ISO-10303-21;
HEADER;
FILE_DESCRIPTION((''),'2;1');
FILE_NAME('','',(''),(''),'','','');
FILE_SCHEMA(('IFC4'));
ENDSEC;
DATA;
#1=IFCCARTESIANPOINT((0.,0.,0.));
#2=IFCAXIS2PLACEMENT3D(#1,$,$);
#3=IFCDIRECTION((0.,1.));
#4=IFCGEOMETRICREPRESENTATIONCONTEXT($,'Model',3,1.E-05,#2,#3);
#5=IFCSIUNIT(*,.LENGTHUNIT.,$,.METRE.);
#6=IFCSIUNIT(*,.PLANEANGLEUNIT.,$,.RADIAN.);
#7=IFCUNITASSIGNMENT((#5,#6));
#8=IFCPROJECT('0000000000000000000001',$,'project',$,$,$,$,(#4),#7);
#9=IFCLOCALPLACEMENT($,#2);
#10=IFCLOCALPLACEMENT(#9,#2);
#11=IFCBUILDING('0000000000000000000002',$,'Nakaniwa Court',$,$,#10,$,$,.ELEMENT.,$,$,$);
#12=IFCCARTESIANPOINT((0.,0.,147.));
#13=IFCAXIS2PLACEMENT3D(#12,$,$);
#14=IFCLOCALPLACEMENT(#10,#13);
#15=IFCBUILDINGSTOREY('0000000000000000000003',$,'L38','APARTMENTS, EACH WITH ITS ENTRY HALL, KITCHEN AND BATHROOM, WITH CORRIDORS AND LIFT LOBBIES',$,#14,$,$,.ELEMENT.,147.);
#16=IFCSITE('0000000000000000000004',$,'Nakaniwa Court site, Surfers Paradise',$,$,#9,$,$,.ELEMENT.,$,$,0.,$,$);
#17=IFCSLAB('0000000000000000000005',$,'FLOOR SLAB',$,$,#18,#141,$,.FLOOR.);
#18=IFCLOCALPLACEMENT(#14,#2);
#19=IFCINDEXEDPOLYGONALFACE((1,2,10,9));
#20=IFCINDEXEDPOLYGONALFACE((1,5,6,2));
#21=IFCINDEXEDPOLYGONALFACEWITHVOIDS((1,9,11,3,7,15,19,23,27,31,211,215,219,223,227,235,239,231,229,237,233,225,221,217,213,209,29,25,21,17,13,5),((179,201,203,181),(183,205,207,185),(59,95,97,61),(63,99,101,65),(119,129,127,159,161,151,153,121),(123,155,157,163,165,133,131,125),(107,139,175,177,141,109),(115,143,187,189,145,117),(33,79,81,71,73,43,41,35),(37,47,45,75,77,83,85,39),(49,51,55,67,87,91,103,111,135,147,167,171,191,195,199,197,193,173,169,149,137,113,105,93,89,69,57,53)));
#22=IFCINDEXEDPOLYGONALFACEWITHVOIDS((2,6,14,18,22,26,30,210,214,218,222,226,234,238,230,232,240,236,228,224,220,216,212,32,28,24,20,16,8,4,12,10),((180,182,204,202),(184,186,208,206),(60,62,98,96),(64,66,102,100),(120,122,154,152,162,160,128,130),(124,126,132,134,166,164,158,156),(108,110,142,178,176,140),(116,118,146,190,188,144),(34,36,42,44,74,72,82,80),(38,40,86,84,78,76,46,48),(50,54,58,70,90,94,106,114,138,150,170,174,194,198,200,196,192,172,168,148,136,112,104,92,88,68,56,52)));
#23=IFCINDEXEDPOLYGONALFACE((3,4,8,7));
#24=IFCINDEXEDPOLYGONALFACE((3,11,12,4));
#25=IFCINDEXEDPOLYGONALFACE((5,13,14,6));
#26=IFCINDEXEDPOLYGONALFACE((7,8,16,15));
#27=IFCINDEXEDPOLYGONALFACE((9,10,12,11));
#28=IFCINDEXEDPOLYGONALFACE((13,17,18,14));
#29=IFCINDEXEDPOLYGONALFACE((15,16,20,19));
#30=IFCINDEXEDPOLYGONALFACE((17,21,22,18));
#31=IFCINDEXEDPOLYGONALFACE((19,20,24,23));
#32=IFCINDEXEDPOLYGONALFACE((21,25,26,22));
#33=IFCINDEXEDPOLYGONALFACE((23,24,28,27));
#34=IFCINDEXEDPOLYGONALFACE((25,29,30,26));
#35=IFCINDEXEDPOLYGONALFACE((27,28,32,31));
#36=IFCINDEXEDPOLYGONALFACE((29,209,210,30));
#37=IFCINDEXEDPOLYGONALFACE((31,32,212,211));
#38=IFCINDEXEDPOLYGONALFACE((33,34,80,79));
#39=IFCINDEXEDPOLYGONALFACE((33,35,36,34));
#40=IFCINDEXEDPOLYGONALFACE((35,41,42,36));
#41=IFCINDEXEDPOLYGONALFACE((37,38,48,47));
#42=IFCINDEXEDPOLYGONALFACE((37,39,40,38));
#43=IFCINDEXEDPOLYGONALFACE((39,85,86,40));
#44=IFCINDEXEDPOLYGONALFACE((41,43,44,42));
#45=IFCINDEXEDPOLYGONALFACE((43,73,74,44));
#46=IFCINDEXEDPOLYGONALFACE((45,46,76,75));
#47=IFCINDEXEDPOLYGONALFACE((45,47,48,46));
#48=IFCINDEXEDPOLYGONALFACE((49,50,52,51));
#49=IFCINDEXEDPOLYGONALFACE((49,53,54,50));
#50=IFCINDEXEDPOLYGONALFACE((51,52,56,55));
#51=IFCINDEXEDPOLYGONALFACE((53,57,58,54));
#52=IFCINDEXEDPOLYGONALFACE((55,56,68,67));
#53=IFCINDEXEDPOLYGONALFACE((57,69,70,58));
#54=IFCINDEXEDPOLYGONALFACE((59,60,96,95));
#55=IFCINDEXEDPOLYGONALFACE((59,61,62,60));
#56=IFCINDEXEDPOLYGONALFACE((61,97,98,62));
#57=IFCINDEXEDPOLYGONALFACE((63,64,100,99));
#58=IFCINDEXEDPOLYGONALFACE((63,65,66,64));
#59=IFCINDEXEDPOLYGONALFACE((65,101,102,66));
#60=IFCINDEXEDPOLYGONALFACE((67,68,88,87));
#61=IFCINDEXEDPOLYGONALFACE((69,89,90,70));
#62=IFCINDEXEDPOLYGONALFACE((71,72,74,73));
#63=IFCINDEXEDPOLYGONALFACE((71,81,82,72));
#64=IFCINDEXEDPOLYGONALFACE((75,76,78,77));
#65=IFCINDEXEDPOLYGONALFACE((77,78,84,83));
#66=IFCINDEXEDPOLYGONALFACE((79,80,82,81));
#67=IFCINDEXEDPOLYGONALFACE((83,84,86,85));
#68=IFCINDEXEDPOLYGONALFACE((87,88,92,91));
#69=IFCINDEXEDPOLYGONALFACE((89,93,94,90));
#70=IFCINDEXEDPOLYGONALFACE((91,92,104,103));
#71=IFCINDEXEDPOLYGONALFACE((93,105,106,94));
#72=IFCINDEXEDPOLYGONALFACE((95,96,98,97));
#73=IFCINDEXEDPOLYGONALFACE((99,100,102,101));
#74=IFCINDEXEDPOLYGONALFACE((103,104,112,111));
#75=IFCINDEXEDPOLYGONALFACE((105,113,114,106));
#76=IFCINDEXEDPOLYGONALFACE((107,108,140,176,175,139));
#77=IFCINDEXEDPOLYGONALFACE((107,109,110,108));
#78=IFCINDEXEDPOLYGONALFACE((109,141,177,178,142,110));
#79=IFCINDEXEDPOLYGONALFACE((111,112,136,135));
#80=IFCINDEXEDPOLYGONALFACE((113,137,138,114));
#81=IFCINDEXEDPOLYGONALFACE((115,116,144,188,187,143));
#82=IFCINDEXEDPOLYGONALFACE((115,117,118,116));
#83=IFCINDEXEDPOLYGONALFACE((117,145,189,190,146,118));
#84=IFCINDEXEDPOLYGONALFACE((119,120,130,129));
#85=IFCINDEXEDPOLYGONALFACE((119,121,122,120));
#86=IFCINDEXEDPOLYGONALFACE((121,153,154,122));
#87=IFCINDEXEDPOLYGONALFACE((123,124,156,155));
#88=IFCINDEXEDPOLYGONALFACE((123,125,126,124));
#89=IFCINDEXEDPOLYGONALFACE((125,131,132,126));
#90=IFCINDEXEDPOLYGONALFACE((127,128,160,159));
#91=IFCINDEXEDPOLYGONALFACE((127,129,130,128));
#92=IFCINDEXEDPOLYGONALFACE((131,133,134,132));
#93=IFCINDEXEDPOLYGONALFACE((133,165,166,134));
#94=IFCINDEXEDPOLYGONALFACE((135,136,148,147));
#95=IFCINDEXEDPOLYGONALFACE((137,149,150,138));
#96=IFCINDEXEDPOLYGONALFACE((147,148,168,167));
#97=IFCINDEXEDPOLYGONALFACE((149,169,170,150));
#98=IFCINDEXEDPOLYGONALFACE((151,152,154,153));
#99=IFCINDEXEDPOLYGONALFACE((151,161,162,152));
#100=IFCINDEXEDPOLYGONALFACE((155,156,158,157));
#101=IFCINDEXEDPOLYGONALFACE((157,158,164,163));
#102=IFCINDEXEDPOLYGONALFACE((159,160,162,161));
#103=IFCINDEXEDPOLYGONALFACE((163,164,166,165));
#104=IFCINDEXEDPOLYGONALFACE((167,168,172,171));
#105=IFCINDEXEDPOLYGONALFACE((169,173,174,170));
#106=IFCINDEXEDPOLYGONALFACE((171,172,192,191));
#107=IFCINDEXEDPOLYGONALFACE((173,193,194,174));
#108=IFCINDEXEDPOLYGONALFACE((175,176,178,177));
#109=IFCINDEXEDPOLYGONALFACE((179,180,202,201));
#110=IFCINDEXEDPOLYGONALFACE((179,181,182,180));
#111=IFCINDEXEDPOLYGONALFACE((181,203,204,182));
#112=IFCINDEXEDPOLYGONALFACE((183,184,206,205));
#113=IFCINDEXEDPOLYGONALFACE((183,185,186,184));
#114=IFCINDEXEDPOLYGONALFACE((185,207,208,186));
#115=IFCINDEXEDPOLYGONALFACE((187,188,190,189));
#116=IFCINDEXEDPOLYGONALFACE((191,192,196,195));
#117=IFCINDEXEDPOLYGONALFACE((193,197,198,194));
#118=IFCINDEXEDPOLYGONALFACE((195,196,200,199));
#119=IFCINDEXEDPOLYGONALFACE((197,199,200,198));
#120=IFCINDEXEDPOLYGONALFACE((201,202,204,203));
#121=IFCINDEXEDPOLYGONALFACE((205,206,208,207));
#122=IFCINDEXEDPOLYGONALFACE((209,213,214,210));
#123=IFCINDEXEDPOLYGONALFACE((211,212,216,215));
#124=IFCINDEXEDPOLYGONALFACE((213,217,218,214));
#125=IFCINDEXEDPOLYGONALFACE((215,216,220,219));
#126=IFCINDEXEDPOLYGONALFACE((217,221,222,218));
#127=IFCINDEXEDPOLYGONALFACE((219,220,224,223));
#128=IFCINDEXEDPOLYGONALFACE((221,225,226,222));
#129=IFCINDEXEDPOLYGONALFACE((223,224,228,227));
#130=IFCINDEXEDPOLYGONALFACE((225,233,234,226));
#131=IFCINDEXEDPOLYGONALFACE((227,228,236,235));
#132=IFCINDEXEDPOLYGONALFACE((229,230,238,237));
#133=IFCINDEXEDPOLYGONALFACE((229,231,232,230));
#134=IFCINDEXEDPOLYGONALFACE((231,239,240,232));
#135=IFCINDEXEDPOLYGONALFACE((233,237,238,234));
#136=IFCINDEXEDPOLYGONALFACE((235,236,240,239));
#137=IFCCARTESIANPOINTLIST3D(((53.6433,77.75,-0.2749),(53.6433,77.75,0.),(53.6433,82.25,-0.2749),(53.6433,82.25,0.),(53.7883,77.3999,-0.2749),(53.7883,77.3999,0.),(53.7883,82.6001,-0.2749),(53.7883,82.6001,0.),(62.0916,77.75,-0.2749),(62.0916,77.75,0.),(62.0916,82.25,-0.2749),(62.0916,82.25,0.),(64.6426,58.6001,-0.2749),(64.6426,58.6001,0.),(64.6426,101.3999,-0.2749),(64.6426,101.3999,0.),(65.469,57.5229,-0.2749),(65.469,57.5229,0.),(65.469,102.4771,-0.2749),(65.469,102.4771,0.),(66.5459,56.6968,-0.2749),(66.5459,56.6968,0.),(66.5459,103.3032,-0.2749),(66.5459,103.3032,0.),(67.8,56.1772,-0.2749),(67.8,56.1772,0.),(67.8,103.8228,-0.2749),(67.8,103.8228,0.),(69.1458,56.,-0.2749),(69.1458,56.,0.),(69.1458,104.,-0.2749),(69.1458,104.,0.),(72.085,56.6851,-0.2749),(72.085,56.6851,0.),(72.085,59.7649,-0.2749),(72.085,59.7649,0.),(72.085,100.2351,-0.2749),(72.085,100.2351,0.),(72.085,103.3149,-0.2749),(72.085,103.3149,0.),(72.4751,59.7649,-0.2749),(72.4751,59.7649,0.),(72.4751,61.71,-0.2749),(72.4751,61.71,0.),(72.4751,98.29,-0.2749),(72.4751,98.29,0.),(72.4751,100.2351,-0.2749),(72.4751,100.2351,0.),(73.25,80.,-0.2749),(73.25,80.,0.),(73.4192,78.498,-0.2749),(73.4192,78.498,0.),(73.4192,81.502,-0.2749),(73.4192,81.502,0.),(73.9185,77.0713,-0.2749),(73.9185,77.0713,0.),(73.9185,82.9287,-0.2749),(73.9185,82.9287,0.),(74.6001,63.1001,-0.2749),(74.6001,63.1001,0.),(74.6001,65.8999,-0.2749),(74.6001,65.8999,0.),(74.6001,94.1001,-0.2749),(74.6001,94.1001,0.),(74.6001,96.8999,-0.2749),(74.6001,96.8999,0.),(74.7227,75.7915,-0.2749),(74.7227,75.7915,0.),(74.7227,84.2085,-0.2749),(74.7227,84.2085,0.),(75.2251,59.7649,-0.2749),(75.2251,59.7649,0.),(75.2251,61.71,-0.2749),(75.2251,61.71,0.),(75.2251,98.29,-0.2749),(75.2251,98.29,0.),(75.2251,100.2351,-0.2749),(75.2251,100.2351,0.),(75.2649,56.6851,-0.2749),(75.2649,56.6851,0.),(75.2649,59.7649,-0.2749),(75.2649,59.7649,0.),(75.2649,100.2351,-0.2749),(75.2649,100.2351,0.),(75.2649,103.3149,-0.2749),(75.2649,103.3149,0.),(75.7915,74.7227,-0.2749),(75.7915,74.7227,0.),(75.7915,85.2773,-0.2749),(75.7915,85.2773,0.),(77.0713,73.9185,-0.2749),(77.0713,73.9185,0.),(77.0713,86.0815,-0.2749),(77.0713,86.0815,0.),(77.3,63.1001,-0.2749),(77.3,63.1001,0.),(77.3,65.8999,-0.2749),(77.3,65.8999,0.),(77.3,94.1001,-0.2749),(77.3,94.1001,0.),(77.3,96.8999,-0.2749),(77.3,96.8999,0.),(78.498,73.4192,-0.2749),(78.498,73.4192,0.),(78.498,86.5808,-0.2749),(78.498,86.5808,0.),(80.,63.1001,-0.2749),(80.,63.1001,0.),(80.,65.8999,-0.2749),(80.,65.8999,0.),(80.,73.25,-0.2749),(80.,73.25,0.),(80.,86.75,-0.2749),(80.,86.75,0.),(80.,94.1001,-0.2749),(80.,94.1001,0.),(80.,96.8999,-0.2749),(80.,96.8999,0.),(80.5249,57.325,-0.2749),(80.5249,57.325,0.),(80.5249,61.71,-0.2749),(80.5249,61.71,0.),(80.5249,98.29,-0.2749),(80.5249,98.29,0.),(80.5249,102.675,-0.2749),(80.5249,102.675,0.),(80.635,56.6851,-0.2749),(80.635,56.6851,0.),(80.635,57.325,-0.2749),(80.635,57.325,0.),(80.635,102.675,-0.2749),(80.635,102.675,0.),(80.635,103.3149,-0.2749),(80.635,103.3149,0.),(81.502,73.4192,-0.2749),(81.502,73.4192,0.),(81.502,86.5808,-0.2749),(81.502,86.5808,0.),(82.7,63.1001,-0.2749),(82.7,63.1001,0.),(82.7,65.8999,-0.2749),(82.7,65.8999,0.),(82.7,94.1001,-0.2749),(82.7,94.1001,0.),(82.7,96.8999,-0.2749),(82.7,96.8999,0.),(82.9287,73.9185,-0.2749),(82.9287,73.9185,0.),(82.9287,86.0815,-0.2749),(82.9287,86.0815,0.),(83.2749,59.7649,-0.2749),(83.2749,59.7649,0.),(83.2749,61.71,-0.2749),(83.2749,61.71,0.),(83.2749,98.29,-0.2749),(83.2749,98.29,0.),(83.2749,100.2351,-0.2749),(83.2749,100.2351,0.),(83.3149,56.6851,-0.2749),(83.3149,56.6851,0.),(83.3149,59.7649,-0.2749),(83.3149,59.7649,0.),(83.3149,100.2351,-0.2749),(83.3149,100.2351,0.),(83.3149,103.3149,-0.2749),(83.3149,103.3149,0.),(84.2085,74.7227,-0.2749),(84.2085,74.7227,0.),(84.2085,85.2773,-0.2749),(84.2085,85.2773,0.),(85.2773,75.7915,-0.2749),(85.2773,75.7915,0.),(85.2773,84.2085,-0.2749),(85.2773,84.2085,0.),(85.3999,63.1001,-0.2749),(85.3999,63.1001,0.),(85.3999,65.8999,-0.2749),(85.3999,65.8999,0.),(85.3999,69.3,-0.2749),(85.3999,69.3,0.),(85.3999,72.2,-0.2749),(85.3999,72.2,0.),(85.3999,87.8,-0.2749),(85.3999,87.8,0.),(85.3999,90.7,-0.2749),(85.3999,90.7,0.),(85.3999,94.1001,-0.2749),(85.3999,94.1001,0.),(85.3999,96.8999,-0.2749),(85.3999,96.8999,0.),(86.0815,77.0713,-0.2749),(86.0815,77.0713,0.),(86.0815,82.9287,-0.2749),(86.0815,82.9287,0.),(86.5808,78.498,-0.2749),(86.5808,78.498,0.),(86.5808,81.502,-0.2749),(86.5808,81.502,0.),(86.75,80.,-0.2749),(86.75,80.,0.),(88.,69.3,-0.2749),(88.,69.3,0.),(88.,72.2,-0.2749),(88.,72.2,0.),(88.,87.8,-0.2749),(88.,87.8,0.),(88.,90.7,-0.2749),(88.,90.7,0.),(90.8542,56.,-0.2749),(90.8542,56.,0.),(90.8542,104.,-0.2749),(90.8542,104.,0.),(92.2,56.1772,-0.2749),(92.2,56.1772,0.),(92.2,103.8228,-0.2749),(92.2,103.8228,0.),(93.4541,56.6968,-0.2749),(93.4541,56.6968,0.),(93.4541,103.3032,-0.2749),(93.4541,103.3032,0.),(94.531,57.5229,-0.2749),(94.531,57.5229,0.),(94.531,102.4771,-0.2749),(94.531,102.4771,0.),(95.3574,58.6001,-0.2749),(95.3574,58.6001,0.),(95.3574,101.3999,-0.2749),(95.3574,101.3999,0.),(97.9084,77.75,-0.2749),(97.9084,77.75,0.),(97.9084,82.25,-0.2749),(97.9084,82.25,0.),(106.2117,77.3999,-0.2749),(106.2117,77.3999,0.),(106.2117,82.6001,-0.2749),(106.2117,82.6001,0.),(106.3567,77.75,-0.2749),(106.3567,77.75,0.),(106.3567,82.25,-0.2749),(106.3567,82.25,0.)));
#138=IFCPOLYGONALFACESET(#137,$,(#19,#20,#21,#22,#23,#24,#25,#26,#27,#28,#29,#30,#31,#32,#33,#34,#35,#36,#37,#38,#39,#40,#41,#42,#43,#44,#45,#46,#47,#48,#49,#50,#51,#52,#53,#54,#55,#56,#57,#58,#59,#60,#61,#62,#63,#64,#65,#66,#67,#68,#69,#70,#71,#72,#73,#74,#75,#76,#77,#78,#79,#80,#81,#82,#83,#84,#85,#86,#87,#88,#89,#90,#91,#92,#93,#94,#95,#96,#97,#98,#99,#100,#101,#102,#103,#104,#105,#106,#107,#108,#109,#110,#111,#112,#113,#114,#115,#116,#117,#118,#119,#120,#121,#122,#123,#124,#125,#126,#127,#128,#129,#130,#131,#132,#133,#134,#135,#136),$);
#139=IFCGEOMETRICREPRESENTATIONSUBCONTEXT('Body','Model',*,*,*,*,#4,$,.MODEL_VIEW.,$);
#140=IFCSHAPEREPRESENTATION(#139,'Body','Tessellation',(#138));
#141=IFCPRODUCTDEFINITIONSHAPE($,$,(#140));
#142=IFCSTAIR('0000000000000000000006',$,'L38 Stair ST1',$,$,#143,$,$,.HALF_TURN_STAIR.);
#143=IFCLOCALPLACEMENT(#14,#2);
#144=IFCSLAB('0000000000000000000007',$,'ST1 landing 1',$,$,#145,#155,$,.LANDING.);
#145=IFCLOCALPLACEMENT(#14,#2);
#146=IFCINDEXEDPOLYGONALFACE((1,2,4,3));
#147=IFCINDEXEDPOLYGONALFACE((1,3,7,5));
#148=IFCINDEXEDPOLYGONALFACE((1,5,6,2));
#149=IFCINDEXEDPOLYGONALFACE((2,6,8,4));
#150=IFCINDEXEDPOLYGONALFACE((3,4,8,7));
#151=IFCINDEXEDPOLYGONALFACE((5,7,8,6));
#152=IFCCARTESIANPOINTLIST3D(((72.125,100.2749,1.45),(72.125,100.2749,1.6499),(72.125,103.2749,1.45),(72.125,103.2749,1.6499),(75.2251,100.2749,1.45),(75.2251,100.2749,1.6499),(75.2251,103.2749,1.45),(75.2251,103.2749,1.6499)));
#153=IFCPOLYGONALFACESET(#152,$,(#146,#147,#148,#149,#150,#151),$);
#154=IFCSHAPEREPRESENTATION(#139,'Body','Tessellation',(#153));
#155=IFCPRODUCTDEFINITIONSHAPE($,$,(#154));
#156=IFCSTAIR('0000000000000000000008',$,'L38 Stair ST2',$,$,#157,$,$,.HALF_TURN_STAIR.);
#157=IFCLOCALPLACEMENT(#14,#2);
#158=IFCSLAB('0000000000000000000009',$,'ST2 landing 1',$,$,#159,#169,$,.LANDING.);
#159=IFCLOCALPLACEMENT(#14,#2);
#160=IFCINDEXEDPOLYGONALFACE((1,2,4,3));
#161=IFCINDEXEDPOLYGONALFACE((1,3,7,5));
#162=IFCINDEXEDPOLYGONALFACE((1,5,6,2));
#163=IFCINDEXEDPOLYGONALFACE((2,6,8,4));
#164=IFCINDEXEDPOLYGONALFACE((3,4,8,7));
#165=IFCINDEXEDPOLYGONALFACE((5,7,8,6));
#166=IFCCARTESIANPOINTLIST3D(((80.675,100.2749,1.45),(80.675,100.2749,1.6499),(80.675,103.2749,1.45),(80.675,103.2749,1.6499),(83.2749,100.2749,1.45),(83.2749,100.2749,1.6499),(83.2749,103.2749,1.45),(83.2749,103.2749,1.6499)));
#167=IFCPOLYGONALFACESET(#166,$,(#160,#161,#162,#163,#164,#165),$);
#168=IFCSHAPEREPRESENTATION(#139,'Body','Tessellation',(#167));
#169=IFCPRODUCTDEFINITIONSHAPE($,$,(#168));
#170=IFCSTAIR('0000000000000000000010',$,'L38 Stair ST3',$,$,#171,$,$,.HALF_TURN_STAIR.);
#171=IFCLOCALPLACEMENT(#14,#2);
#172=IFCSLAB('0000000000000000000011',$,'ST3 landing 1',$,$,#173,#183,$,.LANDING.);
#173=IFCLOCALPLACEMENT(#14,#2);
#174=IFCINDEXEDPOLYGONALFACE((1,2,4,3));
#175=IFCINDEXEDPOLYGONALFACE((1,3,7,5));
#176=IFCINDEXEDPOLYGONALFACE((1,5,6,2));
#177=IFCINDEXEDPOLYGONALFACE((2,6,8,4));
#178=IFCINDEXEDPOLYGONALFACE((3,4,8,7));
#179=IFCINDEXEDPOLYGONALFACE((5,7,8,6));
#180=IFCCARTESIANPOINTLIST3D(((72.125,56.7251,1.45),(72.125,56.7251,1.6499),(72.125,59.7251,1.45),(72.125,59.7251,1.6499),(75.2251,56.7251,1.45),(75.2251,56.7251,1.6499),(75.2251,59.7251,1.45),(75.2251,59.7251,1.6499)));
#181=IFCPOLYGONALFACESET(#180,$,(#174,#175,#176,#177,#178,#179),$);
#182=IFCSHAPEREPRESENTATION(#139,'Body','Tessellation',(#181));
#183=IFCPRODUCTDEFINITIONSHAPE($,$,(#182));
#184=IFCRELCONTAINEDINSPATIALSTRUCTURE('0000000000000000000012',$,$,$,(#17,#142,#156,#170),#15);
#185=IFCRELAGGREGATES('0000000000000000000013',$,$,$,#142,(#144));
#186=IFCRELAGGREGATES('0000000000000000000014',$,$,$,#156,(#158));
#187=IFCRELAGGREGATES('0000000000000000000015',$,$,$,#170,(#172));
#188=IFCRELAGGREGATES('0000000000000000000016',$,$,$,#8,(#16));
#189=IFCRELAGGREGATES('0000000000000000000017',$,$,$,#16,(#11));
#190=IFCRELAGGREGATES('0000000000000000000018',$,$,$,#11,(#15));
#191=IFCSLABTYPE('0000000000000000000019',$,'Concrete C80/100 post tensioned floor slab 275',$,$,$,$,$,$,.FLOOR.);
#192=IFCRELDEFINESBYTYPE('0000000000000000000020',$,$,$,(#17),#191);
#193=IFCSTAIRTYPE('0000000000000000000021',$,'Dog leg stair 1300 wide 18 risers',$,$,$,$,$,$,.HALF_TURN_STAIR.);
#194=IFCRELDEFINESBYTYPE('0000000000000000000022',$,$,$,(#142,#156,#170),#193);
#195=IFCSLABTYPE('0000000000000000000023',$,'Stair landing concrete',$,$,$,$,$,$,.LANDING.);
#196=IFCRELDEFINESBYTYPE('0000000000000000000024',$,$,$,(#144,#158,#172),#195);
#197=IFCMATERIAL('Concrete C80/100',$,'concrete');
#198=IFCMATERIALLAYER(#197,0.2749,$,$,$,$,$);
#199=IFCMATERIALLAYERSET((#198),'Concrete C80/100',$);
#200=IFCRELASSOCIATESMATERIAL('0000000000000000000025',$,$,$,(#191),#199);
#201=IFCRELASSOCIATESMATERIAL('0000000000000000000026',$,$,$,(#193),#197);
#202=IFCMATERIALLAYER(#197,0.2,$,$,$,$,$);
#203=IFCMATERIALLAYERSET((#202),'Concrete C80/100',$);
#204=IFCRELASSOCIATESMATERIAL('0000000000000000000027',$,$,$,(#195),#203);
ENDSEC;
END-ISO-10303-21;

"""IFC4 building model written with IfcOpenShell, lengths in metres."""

from ifc_helpers import new_model, si_unit, direction, frame, origin, place, context, subcontext, project, spatial, polyline, outline, extrude, material, layer, layer_set, type_object, element, aggregate, save


model = new_model("IFC4")

# Units and contexts
model_context = context("Model", 3, precision=1e-05, world=origin(), true_north=direction((0.0, 1.0)))
body_context = subcontext(model_context, "Body", "Model", "MODEL_VIEW")
ifc_project = project(units=[si_unit("LENGTHUNIT", "METRE"), si_unit("PLANEANGLEUNIT", "RADIAN")], contexts=[model_context])

# Site, building, storey
site_placement = place(None, origin())
site = spatial("IfcSite", under=ifc_project, at=site_placement, Name="Nakaniwa Court site, Surfers Paradise", CompositionType="ELEMENT", RefElevation=0.0)
building_placement = place(site_placement, origin())
building = spatial("IfcBuilding", under=site, at=building_placement, Name="Nakaniwa Court", CompositionType="ELEMENT")
storey_placement = place(building_placement, frame((0.0, 0.0, 147.0)))
storey = spatial("IfcBuildingStorey", under=building, at=storey_placement, Name="L38", Description="APARTMENTS, EACH WITH ITS ENTRY HALL, KITCHEN AND BATHROOM, WITH CORRIDORS AND LIFT LOBBIES", CompositionType="ELEMENT", Elevation=147.0)

# Shared definitions
ifc_material_1 = material(Name="Concrete C80/100", Category="concrete")

# Slab
ifc_layer_1 = layer(ifc_material_1, 0.2749)
ifc_layer_set_1 = layer_set([ifc_layer_1], Name="Concrete C80/100")
slab_type_1 = type_object("IfcSlabType", Name="Concrete C80/100 post tensioned floor slab 275", PredefinedType="FLOOR", material=ifc_layer_set_1)
slab_1_placement = place(storey_placement, frame((0.0, 0.0, -0.2749)))
element("IfcSlab", 1, at=slab_1_placement, inside=storey, type_object=slab_type_1, Name="FLOOR SLAB", PredefinedType="FLOOR", context=body_context, shape_type="SweptSolid", body=[
    extrude(outline(polyline([(97.9084, 82.25), (106.3567, 82.25), (106.2117, 82.6001), (95.3574, 101.3999), (94.531, 102.4771), (93.4541, 103.3032), (92.2, 103.8228), (90.8542, 104.0), (69.1458, 104.0), (67.8, 103.8228), (66.5459, 103.3032), (65.469, 102.4771), (64.6426, 101.3999), (53.7883, 82.6001), (53.6433, 82.25), (62.0916, 82.25), (62.0916, 77.75), (53.6433, 77.75), (53.7883, 77.3999), (64.6426, 58.6001), (65.469, 57.5229), (66.5459, 56.6968), (67.8, 56.1772), (69.1458, 56.0), (90.8542, 56.0), (92.2, 56.1772), (93.4541, 56.6968), (94.531, 57.5229), (95.3574, 58.6001), (106.2117, 77.3999), (106.3567, 77.75), (97.9084, 77.75), (97.9084, 82.25)]), holes=[polyline([(81.502, 86.5808), (80.0, 86.75), (78.498, 86.5808), (77.0713, 86.0815), (75.7915, 85.2773), (74.7227, 84.2085), (73.9185, 82.9287), (73.4192, 81.502), (73.25, 80.0), (73.4192, 78.498), (73.9185, 77.0713), (74.7227, 75.7915), (75.7915, 74.7227), (77.0713, 73.9185), (78.498, 73.4192), (80.0, 73.25), (81.502, 73.4192), (82.9287, 73.9185), (84.2085, 74.7227), (85.2773, 75.7915), (86.0815, 77.0713), (86.5808, 78.498), (86.75, 80.0), (86.5808, 81.502), (86.0815, 82.9287), (85.2773, 84.2085), (84.2085, 85.2773), (82.9287, 86.0815), (81.502, 86.5808)]), polyline([(72.4751, 61.71), (72.4751, 59.7649), (72.085, 59.7649), (72.085, 56.6851), (75.2649, 56.6851), (75.2649, 59.7649), (75.2251, 59.7649), (75.2251, 61.71), (72.4751, 61.71)]), polyline([(77.3, 65.8999), (74.6001, 65.8999), (74.6001, 63.1001), (77.3, 63.1001), (77.3, 65.8999)]), polyline([(80.0, 65.8999), (80.0, 63.1001), (82.7, 63.1001), (85.3999, 63.1001), (85.3999, 65.8999), (82.7, 65.8999), (80.0, 65.8999)]), polyline([(77.3, 96.8999), (74.6001, 96.8999), (74.6001, 94.1001), (77.3, 94.1001), (77.3, 96.8999)]), polyline([(80.0, 96.8999), (80.0, 94.1001), (82.7, 94.1001), (85.3999, 94.1001), (85.3999, 96.8999), (82.7, 96.8999), (80.0, 96.8999)]), polyline([(75.2649, 100.2351), (75.2649, 103.3149), (72.085, 103.3149), (72.085, 100.2351), (72.4751, 100.2351), (72.4751, 98.29), (75.2251, 98.29), (75.2251, 100.2351), (75.2649, 100.2351)]), polyline([(83.2749, 61.71), (80.5249, 61.71), (80.5249, 57.325), (80.635, 57.325), (80.635, 56.6851), (83.3149, 56.6851), (83.3149, 59.7649), (83.2749, 59.7649), (83.2749, 61.71)]), polyline([(88.0, 72.2), (85.3999, 72.2), (85.3999, 69.3), (88.0, 69.3), (88.0, 72.2)]), polyline([(88.0, 90.7), (85.3999, 90.7), (85.3999, 87.8), (88.0, 87.8), (88.0, 90.7)]), polyline([(83.3149, 100.2351), (83.3149, 103.3149), (80.635, 103.3149), (80.635, 102.675), (80.5249, 102.675), (80.5249, 98.29), (83.2749, 98.29), (83.2749, 100.2351), (83.3149, 100.2351)])]), origin(), (0.0, 0.0, 1.0), 0.2749),
])

# Stairs, slabs
stair_type = type_object("IfcStairType", Name="Dog leg stair 1300 wide 18 risers", PredefinedType="HALF_TURN_STAIR", material=ifc_material_1)
stair_1_placement = place(storey_placement, origin())
stair_1 = element("IfcStair", 2, at=stair_1_placement, inside=storey, type_object=stair_type, Name="L38 Stair ST1", PredefinedType="HALF_TURN_STAIR")
ifc_layer_2 = layer(ifc_material_1, 0.2)
ifc_layer_set_2 = layer_set([ifc_layer_2], Name="Concrete C80/100")
slab_type_2 = type_object("IfcSlabType", Name="Stair landing concrete", PredefinedType="LANDING", material=ifc_layer_set_2)
slab_2_placement = place(storey_placement, frame((0.0, 0.0, 1.45)))
slab_2 = element("IfcSlab", 3, at=slab_2_placement, type_object=slab_type_2, Name="ST1 landing 1", PredefinedType="LANDING", context=body_context, shape_type="SweptSolid", body=[
    extrude(outline(polyline([(75.2251, 100.2749), (75.2251, 103.2749), (72.125, 103.2749), (72.125, 100.2749), (75.2251, 100.2749)])), origin(), (0.0, 0.0, 1.0), 0.2),
])
aggregate(stair_1, [slab_2])
stair_2_placement = place(storey_placement, origin())
stair_2 = element("IfcStair", 4, at=stair_2_placement, inside=storey, type_object=stair_type, Name="L38 Stair ST2", PredefinedType="HALF_TURN_STAIR")
slab_3_placement = place(storey_placement, frame((0.0, 0.0, 1.45)))
slab_3 = element("IfcSlab", 5, at=slab_3_placement, type_object=slab_type_2, Name="ST2 landing 1", PredefinedType="LANDING", context=body_context, shape_type="SweptSolid", body=[
    extrude(outline(polyline([(83.2749, 100.2749), (83.2749, 103.2749), (80.675, 103.2749), (80.675, 100.2749), (83.2749, 100.2749)])), origin(), (0.0, 0.0, 1.0), 0.2),
])
aggregate(stair_2, [slab_3])
stair_3_placement = place(storey_placement, origin())
stair_3 = element("IfcStair", 6, at=stair_3_placement, inside=storey, type_object=stair_type, Name="L38 Stair ST3", PredefinedType="HALF_TURN_STAIR")
slab_4_placement = place(storey_placement, frame((0.0, 0.0, 1.45)))
slab_4 = element("IfcSlab", 7, at=slab_4_placement, type_object=slab_type_2, Name="ST3 landing 1", PredefinedType="LANDING", context=body_context, shape_type="SweptSolid", body=[
    extrude(outline(polyline([(75.2251, 56.7251), (75.2251, 59.7251), (72.125, 59.7251), (72.125, 56.7251), (75.2251, 56.7251)])), origin(), (0.0, 0.0, 1.0), 0.2),
])
aggregate(stair_3, [slab_4])

save(model, "model.ifc")
